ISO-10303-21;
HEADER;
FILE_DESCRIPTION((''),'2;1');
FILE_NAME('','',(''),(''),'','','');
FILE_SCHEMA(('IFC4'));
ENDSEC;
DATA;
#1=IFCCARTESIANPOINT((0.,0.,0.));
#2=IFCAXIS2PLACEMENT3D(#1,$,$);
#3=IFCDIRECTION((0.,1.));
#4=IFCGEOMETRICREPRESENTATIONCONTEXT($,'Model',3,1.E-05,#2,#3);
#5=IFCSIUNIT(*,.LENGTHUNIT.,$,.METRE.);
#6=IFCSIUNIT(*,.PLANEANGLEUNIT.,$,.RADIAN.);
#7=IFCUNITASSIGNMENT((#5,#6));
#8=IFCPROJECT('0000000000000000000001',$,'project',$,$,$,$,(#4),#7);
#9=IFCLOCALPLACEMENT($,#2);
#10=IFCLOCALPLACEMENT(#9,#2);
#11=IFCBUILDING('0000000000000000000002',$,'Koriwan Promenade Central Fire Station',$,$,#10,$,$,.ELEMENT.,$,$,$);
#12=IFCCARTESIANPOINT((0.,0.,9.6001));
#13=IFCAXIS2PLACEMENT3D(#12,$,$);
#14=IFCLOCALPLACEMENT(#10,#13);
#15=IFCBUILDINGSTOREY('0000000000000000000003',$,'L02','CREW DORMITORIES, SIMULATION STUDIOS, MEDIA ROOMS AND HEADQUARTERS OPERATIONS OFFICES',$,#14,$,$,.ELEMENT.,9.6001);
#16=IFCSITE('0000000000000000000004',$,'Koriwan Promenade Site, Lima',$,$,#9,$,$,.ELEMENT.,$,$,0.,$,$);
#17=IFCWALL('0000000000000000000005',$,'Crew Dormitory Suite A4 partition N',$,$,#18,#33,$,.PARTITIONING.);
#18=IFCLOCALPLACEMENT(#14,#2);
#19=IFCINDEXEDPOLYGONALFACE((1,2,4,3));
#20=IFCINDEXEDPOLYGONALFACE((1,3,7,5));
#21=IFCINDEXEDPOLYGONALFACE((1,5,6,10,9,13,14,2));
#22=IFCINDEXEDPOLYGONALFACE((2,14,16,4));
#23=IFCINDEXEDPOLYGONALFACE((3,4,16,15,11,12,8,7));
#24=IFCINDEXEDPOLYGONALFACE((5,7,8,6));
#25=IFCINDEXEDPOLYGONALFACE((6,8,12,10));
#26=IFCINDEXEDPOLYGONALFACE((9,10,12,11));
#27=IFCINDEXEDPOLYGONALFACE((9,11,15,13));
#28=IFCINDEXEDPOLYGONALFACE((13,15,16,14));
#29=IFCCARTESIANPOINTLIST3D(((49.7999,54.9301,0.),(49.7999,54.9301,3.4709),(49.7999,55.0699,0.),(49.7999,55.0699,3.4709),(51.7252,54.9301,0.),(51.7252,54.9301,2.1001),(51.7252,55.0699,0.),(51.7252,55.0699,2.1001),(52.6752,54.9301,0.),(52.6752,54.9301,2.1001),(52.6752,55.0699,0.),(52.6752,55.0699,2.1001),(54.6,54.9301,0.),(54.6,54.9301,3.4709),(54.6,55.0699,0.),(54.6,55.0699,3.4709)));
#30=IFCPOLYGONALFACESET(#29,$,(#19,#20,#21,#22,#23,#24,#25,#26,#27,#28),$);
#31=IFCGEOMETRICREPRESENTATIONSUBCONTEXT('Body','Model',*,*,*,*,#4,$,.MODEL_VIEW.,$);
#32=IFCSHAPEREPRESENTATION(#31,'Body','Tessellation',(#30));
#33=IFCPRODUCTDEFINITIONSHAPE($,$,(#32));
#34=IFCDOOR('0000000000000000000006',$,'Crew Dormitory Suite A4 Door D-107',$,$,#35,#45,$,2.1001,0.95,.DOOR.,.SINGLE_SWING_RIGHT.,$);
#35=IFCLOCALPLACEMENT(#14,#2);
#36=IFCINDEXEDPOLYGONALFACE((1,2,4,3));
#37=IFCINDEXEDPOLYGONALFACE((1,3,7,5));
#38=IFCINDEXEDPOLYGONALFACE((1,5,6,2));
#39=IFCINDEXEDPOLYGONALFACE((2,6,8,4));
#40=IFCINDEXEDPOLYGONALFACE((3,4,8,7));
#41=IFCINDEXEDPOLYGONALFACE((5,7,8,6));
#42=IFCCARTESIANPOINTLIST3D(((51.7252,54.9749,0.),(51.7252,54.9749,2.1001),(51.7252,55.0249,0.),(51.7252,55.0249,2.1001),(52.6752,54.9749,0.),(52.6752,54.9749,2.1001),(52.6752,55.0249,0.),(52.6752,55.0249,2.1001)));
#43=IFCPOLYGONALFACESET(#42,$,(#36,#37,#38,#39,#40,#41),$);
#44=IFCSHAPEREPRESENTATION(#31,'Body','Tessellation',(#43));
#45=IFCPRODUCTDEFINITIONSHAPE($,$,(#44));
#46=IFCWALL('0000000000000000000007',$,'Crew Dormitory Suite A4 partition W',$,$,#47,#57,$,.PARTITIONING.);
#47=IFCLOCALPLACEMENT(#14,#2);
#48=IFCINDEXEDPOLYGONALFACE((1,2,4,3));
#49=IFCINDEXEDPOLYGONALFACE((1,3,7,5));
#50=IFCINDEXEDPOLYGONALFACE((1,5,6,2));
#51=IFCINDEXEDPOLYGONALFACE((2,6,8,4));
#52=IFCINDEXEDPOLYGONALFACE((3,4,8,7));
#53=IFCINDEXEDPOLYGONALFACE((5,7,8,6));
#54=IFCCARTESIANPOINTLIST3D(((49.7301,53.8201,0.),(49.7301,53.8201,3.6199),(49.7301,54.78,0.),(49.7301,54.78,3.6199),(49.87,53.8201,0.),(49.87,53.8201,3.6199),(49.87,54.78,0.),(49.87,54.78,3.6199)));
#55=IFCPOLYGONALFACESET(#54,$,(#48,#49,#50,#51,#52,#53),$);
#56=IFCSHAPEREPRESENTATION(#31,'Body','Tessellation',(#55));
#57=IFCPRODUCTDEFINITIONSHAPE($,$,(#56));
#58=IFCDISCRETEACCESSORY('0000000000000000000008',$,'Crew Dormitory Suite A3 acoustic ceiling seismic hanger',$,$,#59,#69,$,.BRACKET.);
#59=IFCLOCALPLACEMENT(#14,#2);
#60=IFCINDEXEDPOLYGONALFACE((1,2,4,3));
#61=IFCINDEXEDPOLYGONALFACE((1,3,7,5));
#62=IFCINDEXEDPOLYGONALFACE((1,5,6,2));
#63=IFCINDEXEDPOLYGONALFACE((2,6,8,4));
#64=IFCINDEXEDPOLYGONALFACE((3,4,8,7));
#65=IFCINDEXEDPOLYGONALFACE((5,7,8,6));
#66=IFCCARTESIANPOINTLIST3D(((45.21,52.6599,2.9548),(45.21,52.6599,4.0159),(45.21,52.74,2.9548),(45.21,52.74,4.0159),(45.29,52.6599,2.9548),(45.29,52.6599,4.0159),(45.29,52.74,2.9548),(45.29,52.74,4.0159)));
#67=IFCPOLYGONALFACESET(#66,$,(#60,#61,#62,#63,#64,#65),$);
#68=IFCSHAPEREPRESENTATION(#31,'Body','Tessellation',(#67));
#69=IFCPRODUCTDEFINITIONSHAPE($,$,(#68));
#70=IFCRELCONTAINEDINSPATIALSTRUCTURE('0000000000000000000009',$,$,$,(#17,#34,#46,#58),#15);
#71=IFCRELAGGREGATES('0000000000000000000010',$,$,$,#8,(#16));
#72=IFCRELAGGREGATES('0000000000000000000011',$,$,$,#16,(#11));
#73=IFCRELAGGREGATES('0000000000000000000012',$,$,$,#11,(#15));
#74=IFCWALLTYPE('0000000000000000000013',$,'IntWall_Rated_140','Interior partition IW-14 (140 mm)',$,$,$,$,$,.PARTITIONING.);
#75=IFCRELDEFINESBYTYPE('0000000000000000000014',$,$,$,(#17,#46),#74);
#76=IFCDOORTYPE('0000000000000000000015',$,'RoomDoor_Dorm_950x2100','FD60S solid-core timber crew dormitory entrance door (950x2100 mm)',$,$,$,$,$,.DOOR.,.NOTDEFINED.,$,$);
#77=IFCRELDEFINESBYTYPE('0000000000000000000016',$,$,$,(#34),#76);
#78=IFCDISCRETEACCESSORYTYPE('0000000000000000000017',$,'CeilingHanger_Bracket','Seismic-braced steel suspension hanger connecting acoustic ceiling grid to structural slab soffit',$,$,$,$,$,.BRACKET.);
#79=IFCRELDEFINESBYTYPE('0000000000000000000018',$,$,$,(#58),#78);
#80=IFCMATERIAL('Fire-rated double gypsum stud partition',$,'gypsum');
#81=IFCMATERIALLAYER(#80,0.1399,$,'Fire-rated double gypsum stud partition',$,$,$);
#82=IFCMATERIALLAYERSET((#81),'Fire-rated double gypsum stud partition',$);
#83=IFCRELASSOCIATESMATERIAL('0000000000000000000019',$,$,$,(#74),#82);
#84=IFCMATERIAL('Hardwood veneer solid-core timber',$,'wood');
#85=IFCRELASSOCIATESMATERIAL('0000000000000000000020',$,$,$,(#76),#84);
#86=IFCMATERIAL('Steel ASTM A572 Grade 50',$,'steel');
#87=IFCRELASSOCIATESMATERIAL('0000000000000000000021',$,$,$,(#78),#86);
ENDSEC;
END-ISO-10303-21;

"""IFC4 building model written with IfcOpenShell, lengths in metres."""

from ifc_helpers import new_model, si_unit, direction, frame, frame_2d, origin, origin_2d, place, context, subcontext, project, spatial, rectangle, extrude, material, layer, layer_set, type_object, element, fill, save


model = new_model("IFC4")

# Units and contexts
model_context = context("Model", 3, precision=1e-05, world=origin(), true_north=direction((0.0, 1.0)))
body_context = subcontext(model_context, "Body", "Model", "MODEL_VIEW")
ifc_project = project(units=[si_unit("LENGTHUNIT", "METRE"), si_unit("PLANEANGLEUNIT", "RADIAN")], contexts=[model_context])

# Site, building, storey
site_placement = place(None, origin())
site = spatial("IfcSite", under=ifc_project, at=site_placement, Name="Koriwan Promenade Site, Lima", CompositionType="ELEMENT", RefElevation=0.0)
building_placement = place(site_placement, origin())
building = spatial("IfcBuilding", under=site, at=building_placement, Name="Koriwan Promenade Central Fire Station", CompositionType="ELEMENT")
storey_placement = place(building_placement, frame((0.0, 0.0, 9.6001)))
storey = spatial("IfcBuildingStorey", under=building, at=storey_placement, Name="L02", Description="CREW DORMITORIES, SIMULATION STUDIOS, MEDIA ROOMS AND HEADQUARTERS OPERATIONS OFFICES", CompositionType="ELEMENT", Elevation=9.6001)

# Shared definitions
ifc_material_1 = material(Name="Fire-rated double gypsum stud partition", Category="gypsum")
ifc_layer_1 = layer(ifc_material_1, 0.1399, Name="Fire-rated double gypsum stud partition")
ifc_layer_set_1 = layer_set([ifc_layer_1], Name="Fire-rated double gypsum stud partition")
wall_type_1 = type_object("IfcWallType", Name="IntWall_Rated_140", Description="Interior partition IW-14 (140 mm)", PredefinedType="PARTITIONING", material=ifc_layer_set_1)
ifc_material_2 = material(Name="Hardwood veneer solid-core timber", Category="wood")
door_type_1 = type_object("IfcDoorType", Name="RoomDoor_Dorm_950x2100", Description="FD60S solid-core timber crew dormitory entrance door (950x2100 mm)", OperationType="NOTDEFINED", PredefinedType="DOOR", material=ifc_material_2)

# Wall, opening, door
wall_1_placement = place(storey_placement, frame((49.8, 55.0, 0.0), z_axis=(0.0, 0.0, 1.0), x_axis=(1.0, 0.0, 0.0)))
wall_1 = element("IfcWall", 1, at=wall_1_placement, inside=storey, type_object=wall_type_1, Name="Crew Dormitory Suite A4 partition N", PredefinedType="PARTITIONING", context=body_context, shape_type="SweptSolid", body=[
    extrude(rectangle(XDim=4.8, YDim=0.1399, at=frame_2d((2.3999, 0.0))), origin(), (0.0, 0.0, 1.0), 3.4709),
])
opening_1_placement = place(wall_1_placement, frame((1.925, 0.0, 0.0)))
opening_1 = element("IfcOpeningElement", 2, at=opening_1_placement, cuts=wall_1, PredefinedType="OPENING", context=body_context, shape_type="SweptSolid", body=[
    extrude(rectangle(XDim=0.95, YDim=2.1001, at=frame_2d((0.4751, 1.05))), frame((0.0, 0.082, 0.0), z_axis=(0.0, -1.0, 0.0), x_axis=(1.0, 0.0, 0.0)), (0.0, 0.0, 1.0), 0.1638),
])
door_1_placement = place(opening_1_placement, origin())
door_1 = element("IfcDoor", 3, at=door_1_placement, inside=storey, type_object=door_type_1, Name="Crew Dormitory Suite A4 Door D-107", OperationType="SINGLE_SWING_RIGHT", OverallHeight=2.1001, OverallWidth=0.95, PredefinedType="DOOR", context=body_context, shape_type="SweptSolid", body=[
    extrude(rectangle(XDim=0.95, YDim=2.1001, at=frame_2d((0.4751, 1.05))), frame((0.0, 0.0249, 0.0), z_axis=(0.0, -1.0, 0.0), x_axis=(1.0, 0.0, 0.0)), (0.0, 0.0, 1.0), 0.05),
])
fill(opening_1, door_1)

# Wall
wall_2_placement = place(storey_placement, frame((49.8, 53.8201, 0.0), z_axis=(0.0, 0.0, 1.0), x_axis=(0.0, 1.0, 0.0)))
element("IfcWall", 4, at=wall_2_placement, inside=storey, type_object=wall_type_1, Name="Crew Dormitory Suite A4 partition W", PredefinedType="PARTITIONING", context=body_context, shape_type="SweptSolid", body=[
    extrude(rectangle(XDim=0.96, YDim=0.1399, at=frame_2d((0.48, 0.0))), origin(), (0.0, 0.0, 1.0), 3.6199),
])

# Discrete accessory
ifc_material_3 = material(Name="Steel ASTM A572 Grade 50", Category="steel")
discrete_accessory_type = type_object("IfcDiscreteAccessoryType", Name="CeilingHanger_Bracket", Description="Seismic-braced steel suspension hanger connecting acoustic ceiling grid to structural slab soffit", PredefinedType="BRACKET", material=ifc_material_3)
discrete_accessory_placement = place(storey_placement, frame((45.25, 52.7, 2.9548), z_axis=(0.0, 0.0, 1.0), x_axis=(1.0, 0.0, 0.0)))
element("IfcDiscreteAccessory", 5, at=discrete_accessory_placement, inside=storey, type_object=discrete_accessory_type, Name="Crew Dormitory Suite A3 acoustic ceiling seismic hanger", PredefinedType="BRACKET", context=body_context, shape_type="SweptSolid", body=[
    extrude(rectangle(XDim=0.0801, YDim=0.0801, at=origin_2d()), origin(), (0.0, 0.0, 1.0), 1.061),
])

save(model, "model.ifc")
